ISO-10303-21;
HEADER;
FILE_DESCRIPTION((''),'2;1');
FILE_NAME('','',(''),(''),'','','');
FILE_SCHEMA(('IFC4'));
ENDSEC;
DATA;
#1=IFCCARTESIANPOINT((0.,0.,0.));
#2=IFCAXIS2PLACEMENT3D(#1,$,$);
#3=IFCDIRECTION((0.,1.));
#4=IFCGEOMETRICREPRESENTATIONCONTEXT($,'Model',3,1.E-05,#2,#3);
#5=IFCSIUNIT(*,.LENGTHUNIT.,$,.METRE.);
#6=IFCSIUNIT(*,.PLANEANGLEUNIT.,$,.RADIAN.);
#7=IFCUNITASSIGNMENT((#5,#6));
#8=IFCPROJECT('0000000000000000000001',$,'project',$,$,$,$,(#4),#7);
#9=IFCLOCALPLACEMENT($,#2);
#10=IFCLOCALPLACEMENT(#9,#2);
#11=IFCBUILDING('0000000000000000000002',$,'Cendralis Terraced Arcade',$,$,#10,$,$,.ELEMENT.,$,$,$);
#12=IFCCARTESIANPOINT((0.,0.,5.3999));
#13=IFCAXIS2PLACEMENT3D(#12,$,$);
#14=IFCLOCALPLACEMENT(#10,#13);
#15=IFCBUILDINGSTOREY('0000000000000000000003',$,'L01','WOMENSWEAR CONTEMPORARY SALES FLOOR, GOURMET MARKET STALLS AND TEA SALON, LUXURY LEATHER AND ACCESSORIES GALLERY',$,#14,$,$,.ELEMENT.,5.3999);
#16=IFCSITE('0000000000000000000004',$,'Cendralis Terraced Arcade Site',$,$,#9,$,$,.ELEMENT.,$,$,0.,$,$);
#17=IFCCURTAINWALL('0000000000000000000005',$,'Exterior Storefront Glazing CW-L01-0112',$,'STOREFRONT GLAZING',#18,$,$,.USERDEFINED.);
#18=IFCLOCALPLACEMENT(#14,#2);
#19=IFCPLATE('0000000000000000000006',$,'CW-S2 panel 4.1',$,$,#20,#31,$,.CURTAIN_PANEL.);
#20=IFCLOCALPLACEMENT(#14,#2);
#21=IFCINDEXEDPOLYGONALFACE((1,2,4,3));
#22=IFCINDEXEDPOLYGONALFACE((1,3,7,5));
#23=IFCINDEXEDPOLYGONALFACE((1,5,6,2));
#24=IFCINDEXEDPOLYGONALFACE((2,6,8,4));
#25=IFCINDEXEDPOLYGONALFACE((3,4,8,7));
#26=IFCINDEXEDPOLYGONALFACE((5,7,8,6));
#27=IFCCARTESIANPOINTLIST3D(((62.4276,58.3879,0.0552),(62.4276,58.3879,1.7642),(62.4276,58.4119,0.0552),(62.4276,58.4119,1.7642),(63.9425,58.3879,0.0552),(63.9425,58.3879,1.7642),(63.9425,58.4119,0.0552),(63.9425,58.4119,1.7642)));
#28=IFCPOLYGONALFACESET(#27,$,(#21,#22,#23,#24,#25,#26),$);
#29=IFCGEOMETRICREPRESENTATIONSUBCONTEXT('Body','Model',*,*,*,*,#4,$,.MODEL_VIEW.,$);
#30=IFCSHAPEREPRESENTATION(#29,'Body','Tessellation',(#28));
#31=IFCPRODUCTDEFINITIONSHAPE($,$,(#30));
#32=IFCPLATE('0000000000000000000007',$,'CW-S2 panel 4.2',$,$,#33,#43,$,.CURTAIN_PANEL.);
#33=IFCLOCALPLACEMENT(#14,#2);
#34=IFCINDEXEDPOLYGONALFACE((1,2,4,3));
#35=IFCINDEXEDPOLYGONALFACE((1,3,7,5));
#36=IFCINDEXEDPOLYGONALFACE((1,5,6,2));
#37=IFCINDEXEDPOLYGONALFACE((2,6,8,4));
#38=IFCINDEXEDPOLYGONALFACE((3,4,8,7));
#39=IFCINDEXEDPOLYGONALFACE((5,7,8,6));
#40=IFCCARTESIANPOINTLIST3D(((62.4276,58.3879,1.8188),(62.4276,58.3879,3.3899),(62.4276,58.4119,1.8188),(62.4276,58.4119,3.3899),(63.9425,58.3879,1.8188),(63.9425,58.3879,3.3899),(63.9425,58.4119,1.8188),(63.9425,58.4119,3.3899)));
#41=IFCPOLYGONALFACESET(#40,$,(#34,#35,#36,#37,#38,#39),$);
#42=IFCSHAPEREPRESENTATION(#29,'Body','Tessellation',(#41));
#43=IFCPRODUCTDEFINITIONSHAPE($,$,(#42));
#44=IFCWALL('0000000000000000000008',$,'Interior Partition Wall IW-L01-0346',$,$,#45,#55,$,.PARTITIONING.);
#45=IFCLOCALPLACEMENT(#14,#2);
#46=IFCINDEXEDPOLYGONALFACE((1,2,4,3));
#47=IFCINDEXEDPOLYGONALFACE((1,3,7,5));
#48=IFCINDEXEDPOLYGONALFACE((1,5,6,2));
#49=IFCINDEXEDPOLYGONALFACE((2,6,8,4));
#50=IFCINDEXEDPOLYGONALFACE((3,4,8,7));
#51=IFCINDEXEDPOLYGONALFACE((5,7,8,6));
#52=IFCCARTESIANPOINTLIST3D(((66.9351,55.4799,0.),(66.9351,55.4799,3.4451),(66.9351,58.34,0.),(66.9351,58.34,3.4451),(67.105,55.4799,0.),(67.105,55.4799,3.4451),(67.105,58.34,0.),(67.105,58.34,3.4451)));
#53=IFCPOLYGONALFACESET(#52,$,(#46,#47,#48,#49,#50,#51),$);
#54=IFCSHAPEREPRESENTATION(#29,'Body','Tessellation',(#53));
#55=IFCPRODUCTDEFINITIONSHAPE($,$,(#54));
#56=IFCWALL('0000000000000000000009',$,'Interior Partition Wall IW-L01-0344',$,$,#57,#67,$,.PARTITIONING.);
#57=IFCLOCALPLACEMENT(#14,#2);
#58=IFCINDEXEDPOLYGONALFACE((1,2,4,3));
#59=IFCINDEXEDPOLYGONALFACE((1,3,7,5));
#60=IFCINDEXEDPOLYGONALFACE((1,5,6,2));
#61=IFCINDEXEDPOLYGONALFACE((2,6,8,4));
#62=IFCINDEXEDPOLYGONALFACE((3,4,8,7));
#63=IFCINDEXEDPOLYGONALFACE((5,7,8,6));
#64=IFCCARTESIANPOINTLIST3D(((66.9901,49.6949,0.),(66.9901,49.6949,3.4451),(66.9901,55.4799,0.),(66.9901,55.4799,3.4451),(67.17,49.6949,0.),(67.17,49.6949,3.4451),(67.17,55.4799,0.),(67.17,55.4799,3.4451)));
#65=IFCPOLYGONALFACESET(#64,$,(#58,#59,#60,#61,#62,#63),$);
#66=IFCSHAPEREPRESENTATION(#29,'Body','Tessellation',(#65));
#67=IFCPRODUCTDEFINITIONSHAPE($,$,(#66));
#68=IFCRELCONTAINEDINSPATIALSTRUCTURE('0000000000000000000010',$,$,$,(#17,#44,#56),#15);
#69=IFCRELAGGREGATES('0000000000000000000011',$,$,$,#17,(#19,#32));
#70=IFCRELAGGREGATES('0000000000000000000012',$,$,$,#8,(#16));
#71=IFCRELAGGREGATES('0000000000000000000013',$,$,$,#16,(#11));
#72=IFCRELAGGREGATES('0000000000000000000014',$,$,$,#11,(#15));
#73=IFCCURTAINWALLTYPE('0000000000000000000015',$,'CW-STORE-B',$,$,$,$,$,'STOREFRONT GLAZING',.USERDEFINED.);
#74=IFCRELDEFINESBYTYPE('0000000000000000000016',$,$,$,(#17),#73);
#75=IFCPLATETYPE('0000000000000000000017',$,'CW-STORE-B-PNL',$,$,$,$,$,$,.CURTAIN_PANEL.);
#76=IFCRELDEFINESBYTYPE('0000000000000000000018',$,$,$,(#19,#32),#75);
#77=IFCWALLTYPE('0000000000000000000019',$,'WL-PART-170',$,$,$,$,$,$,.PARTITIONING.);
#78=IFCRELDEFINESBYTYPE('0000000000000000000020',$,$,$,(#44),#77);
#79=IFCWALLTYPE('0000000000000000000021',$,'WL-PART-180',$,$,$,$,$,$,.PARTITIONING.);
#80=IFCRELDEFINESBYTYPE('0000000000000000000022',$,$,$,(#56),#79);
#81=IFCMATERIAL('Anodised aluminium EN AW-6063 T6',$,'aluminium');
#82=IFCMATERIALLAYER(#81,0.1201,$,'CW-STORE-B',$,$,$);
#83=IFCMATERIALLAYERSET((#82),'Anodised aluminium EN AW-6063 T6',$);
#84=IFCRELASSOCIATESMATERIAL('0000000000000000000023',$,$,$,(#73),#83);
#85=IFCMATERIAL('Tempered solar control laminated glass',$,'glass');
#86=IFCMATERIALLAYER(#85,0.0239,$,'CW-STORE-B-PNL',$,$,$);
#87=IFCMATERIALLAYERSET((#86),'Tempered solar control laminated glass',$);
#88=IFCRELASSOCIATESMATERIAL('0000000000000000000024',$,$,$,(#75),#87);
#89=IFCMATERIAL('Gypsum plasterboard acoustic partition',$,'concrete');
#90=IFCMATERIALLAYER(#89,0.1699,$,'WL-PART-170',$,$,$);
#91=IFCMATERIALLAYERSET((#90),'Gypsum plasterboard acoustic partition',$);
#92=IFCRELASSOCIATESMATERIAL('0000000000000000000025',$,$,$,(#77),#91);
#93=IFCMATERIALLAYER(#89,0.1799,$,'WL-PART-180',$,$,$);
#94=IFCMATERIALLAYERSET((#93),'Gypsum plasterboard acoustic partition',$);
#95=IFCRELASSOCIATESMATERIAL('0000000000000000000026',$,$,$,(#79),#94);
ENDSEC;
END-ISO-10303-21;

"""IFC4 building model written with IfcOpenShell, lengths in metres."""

from ifc_helpers import new_model, si_unit, direction, frame, frame_2d, origin, origin_2d, place, context, subcontext, project, spatial, rectangle, extrude, material, layer, layer_set, type_object, element, aggregate, save


model = new_model("IFC4")

# Units and contexts
model_context = context("Model", 3, precision=1e-05, world=origin(), true_north=direction((0.0, 1.0)))
body_context = subcontext(model_context, "Body", "Model", "MODEL_VIEW")
ifc_project = project(units=[si_unit("LENGTHUNIT", "METRE"), si_unit("PLANEANGLEUNIT", "RADIAN")], contexts=[model_context])

# Site, building, storey
site_placement = place(None, origin())
site = spatial("IfcSite", under=ifc_project, at=site_placement, Name="Cendralis Terraced Arcade Site", CompositionType="ELEMENT", RefElevation=0.0)
building_placement = place(site_placement, origin())
building = spatial("IfcBuilding", under=site, at=building_placement, Name="Cendralis Terraced Arcade", CompositionType="ELEMENT")
storey_placement = place(building_placement, frame((0.0, 0.0, 5.3999)))
storey = spatial("IfcBuildingStorey", under=building, at=storey_placement, Name="L01", Description="WOMENSWEAR CONTEMPORARY SALES FLOOR, GOURMET MARKET STALLS AND TEA SALON, LUXURY LEATHER AND ACCESSORIES GALLERY", CompositionType="ELEMENT", Elevation=5.3999)

# Curtain wall, plates
ifc_material_1 = material(Name="Anodised aluminium EN AW-6063 T6", Category="aluminium")
ifc_layer_1 = layer(ifc_material_1, 0.1201, Name="CW-STORE-B")
ifc_layer_set_1 = layer_set([ifc_layer_1], Name="Anodised aluminium EN AW-6063 T6")
curtain_wall_type = type_object("IfcCurtainWallType", Name="CW-STORE-B", ElementType="STOREFRONT GLAZING", PredefinedType="USERDEFINED", material=ifc_layer_set_1)
curtain_wall_placement = place(storey_placement, origin())
curtain_wall = element("IfcCurtainWall", 1, at=curtain_wall_placement, inside=storey, type_object=curtain_wall_type, Name="Exterior Storefront Glazing CW-L01-0112", ObjectType="STOREFRONT GLAZING", PredefinedType="USERDEFINED")
ifc_material_2 = material(Name="Tempered solar control laminated glass", Category="glass")
ifc_layer_2 = layer(ifc_material_2, 0.0239, Name="CW-STORE-B-PNL")
ifc_layer_set_2 = layer_set([ifc_layer_2], Name="Tempered solar control laminated glass")
plate_type = type_object("IfcPlateType", Name="CW-STORE-B-PNL", PredefinedType="CURTAIN_PANEL", material=ifc_layer_set_2)
plate_1_placement = place(storey_placement, frame((63.1851, 58.3999, 0.0552), z_axis=(0.0, 0.0, 1.0), x_axis=(1.0, 0.0, 0.0)))
plate_1 = element("IfcPlate", 2, at=plate_1_placement, type_object=plate_type, Name="CW-S2 panel 4.1", PredefinedType="CURTAIN_PANEL", context=body_context, shape_type="SweptSolid", body=[
    extrude(rectangle(XDim=1.5149, YDim=0.0239, at=origin_2d()), origin(), (0.0, 0.0, 1.0), 1.709),
])
plate_2_placement = place(storey_placement, frame((63.1851, 58.3999, 1.8188), z_axis=(0.0, 0.0, 1.0), x_axis=(1.0, 0.0, 0.0)))
plate_2 = element("IfcPlate", 3, at=plate_2_placement, type_object=plate_type, Name="CW-S2 panel 4.2", PredefinedType="CURTAIN_PANEL", context=body_context, shape_type="SweptSolid", body=[
    extrude(rectangle(XDim=1.5149, YDim=0.0239, at=origin_2d()), origin(), (0.0, 0.0, 1.0), 1.571),
])
aggregate(curtain_wall, [plate_1, plate_2])

# Walls
ifc_material_3 = material(Name="Gypsum plasterboard acoustic partition", Category="concrete")
ifc_layer_3 = layer(ifc_material_3, 0.1699, Name="WL-PART-170")
ifc_layer_set_3 = layer_set([ifc_layer_3], Name="Gypsum plasterboard acoustic partition")
wall_type_1 = type_object("IfcWallType", Name="WL-PART-170", PredefinedType="PARTITIONING", material=ifc_layer_set_3)
wall_1_placement = place(storey_placement, frame((67.02, 58.3401, 0.0), z_axis=(0.0, 0.0, 1.0), x_axis=(0.0, -1.0, 0.0)))
element("IfcWall", 4, at=wall_1_placement, inside=storey, type_object=wall_type_1, Name="Interior Partition Wall IW-L01-0346", PredefinedType="PARTITIONING", context=body_context, shape_type="SweptSolid", body=[
    extrude(rectangle(XDim=2.8601, YDim=0.1699, at=frame_2d((1.4302, 0.0))), origin(), (0.0, 0.0, 1.0), 3.4451),
])
ifc_layer_4 = layer(ifc_material_3, 0.1799, Name="WL-PART-180")
ifc_layer_set_4 = layer_set([ifc_layer_4], Name="Gypsum plasterboard acoustic partition")
wall_type_2 = type_object("IfcWallType", Name="WL-PART-180", PredefinedType="PARTITIONING", material=ifc_layer_set_4)
wall_2_placement = place(storey_placement, frame((67.0801, 55.48, 0.0), z_axis=(0.0, 0.0, 1.0), x_axis=(0.0, -1.0, 0.0)))
element("IfcWall", 5, at=wall_2_placement, inside=storey, type_object=wall_type_2, Name="Interior Partition Wall IW-L01-0344", PredefinedType="PARTITIONING", context=body_context, shape_type="SweptSolid", body=[
    extrude(rectangle(XDim=5.7849, YDim=0.1799, at=frame_2d((2.8926, 0.0))), origin(), (0.0, 0.0, 1.0), 3.4451),
])

save(model, "model.ifc")
